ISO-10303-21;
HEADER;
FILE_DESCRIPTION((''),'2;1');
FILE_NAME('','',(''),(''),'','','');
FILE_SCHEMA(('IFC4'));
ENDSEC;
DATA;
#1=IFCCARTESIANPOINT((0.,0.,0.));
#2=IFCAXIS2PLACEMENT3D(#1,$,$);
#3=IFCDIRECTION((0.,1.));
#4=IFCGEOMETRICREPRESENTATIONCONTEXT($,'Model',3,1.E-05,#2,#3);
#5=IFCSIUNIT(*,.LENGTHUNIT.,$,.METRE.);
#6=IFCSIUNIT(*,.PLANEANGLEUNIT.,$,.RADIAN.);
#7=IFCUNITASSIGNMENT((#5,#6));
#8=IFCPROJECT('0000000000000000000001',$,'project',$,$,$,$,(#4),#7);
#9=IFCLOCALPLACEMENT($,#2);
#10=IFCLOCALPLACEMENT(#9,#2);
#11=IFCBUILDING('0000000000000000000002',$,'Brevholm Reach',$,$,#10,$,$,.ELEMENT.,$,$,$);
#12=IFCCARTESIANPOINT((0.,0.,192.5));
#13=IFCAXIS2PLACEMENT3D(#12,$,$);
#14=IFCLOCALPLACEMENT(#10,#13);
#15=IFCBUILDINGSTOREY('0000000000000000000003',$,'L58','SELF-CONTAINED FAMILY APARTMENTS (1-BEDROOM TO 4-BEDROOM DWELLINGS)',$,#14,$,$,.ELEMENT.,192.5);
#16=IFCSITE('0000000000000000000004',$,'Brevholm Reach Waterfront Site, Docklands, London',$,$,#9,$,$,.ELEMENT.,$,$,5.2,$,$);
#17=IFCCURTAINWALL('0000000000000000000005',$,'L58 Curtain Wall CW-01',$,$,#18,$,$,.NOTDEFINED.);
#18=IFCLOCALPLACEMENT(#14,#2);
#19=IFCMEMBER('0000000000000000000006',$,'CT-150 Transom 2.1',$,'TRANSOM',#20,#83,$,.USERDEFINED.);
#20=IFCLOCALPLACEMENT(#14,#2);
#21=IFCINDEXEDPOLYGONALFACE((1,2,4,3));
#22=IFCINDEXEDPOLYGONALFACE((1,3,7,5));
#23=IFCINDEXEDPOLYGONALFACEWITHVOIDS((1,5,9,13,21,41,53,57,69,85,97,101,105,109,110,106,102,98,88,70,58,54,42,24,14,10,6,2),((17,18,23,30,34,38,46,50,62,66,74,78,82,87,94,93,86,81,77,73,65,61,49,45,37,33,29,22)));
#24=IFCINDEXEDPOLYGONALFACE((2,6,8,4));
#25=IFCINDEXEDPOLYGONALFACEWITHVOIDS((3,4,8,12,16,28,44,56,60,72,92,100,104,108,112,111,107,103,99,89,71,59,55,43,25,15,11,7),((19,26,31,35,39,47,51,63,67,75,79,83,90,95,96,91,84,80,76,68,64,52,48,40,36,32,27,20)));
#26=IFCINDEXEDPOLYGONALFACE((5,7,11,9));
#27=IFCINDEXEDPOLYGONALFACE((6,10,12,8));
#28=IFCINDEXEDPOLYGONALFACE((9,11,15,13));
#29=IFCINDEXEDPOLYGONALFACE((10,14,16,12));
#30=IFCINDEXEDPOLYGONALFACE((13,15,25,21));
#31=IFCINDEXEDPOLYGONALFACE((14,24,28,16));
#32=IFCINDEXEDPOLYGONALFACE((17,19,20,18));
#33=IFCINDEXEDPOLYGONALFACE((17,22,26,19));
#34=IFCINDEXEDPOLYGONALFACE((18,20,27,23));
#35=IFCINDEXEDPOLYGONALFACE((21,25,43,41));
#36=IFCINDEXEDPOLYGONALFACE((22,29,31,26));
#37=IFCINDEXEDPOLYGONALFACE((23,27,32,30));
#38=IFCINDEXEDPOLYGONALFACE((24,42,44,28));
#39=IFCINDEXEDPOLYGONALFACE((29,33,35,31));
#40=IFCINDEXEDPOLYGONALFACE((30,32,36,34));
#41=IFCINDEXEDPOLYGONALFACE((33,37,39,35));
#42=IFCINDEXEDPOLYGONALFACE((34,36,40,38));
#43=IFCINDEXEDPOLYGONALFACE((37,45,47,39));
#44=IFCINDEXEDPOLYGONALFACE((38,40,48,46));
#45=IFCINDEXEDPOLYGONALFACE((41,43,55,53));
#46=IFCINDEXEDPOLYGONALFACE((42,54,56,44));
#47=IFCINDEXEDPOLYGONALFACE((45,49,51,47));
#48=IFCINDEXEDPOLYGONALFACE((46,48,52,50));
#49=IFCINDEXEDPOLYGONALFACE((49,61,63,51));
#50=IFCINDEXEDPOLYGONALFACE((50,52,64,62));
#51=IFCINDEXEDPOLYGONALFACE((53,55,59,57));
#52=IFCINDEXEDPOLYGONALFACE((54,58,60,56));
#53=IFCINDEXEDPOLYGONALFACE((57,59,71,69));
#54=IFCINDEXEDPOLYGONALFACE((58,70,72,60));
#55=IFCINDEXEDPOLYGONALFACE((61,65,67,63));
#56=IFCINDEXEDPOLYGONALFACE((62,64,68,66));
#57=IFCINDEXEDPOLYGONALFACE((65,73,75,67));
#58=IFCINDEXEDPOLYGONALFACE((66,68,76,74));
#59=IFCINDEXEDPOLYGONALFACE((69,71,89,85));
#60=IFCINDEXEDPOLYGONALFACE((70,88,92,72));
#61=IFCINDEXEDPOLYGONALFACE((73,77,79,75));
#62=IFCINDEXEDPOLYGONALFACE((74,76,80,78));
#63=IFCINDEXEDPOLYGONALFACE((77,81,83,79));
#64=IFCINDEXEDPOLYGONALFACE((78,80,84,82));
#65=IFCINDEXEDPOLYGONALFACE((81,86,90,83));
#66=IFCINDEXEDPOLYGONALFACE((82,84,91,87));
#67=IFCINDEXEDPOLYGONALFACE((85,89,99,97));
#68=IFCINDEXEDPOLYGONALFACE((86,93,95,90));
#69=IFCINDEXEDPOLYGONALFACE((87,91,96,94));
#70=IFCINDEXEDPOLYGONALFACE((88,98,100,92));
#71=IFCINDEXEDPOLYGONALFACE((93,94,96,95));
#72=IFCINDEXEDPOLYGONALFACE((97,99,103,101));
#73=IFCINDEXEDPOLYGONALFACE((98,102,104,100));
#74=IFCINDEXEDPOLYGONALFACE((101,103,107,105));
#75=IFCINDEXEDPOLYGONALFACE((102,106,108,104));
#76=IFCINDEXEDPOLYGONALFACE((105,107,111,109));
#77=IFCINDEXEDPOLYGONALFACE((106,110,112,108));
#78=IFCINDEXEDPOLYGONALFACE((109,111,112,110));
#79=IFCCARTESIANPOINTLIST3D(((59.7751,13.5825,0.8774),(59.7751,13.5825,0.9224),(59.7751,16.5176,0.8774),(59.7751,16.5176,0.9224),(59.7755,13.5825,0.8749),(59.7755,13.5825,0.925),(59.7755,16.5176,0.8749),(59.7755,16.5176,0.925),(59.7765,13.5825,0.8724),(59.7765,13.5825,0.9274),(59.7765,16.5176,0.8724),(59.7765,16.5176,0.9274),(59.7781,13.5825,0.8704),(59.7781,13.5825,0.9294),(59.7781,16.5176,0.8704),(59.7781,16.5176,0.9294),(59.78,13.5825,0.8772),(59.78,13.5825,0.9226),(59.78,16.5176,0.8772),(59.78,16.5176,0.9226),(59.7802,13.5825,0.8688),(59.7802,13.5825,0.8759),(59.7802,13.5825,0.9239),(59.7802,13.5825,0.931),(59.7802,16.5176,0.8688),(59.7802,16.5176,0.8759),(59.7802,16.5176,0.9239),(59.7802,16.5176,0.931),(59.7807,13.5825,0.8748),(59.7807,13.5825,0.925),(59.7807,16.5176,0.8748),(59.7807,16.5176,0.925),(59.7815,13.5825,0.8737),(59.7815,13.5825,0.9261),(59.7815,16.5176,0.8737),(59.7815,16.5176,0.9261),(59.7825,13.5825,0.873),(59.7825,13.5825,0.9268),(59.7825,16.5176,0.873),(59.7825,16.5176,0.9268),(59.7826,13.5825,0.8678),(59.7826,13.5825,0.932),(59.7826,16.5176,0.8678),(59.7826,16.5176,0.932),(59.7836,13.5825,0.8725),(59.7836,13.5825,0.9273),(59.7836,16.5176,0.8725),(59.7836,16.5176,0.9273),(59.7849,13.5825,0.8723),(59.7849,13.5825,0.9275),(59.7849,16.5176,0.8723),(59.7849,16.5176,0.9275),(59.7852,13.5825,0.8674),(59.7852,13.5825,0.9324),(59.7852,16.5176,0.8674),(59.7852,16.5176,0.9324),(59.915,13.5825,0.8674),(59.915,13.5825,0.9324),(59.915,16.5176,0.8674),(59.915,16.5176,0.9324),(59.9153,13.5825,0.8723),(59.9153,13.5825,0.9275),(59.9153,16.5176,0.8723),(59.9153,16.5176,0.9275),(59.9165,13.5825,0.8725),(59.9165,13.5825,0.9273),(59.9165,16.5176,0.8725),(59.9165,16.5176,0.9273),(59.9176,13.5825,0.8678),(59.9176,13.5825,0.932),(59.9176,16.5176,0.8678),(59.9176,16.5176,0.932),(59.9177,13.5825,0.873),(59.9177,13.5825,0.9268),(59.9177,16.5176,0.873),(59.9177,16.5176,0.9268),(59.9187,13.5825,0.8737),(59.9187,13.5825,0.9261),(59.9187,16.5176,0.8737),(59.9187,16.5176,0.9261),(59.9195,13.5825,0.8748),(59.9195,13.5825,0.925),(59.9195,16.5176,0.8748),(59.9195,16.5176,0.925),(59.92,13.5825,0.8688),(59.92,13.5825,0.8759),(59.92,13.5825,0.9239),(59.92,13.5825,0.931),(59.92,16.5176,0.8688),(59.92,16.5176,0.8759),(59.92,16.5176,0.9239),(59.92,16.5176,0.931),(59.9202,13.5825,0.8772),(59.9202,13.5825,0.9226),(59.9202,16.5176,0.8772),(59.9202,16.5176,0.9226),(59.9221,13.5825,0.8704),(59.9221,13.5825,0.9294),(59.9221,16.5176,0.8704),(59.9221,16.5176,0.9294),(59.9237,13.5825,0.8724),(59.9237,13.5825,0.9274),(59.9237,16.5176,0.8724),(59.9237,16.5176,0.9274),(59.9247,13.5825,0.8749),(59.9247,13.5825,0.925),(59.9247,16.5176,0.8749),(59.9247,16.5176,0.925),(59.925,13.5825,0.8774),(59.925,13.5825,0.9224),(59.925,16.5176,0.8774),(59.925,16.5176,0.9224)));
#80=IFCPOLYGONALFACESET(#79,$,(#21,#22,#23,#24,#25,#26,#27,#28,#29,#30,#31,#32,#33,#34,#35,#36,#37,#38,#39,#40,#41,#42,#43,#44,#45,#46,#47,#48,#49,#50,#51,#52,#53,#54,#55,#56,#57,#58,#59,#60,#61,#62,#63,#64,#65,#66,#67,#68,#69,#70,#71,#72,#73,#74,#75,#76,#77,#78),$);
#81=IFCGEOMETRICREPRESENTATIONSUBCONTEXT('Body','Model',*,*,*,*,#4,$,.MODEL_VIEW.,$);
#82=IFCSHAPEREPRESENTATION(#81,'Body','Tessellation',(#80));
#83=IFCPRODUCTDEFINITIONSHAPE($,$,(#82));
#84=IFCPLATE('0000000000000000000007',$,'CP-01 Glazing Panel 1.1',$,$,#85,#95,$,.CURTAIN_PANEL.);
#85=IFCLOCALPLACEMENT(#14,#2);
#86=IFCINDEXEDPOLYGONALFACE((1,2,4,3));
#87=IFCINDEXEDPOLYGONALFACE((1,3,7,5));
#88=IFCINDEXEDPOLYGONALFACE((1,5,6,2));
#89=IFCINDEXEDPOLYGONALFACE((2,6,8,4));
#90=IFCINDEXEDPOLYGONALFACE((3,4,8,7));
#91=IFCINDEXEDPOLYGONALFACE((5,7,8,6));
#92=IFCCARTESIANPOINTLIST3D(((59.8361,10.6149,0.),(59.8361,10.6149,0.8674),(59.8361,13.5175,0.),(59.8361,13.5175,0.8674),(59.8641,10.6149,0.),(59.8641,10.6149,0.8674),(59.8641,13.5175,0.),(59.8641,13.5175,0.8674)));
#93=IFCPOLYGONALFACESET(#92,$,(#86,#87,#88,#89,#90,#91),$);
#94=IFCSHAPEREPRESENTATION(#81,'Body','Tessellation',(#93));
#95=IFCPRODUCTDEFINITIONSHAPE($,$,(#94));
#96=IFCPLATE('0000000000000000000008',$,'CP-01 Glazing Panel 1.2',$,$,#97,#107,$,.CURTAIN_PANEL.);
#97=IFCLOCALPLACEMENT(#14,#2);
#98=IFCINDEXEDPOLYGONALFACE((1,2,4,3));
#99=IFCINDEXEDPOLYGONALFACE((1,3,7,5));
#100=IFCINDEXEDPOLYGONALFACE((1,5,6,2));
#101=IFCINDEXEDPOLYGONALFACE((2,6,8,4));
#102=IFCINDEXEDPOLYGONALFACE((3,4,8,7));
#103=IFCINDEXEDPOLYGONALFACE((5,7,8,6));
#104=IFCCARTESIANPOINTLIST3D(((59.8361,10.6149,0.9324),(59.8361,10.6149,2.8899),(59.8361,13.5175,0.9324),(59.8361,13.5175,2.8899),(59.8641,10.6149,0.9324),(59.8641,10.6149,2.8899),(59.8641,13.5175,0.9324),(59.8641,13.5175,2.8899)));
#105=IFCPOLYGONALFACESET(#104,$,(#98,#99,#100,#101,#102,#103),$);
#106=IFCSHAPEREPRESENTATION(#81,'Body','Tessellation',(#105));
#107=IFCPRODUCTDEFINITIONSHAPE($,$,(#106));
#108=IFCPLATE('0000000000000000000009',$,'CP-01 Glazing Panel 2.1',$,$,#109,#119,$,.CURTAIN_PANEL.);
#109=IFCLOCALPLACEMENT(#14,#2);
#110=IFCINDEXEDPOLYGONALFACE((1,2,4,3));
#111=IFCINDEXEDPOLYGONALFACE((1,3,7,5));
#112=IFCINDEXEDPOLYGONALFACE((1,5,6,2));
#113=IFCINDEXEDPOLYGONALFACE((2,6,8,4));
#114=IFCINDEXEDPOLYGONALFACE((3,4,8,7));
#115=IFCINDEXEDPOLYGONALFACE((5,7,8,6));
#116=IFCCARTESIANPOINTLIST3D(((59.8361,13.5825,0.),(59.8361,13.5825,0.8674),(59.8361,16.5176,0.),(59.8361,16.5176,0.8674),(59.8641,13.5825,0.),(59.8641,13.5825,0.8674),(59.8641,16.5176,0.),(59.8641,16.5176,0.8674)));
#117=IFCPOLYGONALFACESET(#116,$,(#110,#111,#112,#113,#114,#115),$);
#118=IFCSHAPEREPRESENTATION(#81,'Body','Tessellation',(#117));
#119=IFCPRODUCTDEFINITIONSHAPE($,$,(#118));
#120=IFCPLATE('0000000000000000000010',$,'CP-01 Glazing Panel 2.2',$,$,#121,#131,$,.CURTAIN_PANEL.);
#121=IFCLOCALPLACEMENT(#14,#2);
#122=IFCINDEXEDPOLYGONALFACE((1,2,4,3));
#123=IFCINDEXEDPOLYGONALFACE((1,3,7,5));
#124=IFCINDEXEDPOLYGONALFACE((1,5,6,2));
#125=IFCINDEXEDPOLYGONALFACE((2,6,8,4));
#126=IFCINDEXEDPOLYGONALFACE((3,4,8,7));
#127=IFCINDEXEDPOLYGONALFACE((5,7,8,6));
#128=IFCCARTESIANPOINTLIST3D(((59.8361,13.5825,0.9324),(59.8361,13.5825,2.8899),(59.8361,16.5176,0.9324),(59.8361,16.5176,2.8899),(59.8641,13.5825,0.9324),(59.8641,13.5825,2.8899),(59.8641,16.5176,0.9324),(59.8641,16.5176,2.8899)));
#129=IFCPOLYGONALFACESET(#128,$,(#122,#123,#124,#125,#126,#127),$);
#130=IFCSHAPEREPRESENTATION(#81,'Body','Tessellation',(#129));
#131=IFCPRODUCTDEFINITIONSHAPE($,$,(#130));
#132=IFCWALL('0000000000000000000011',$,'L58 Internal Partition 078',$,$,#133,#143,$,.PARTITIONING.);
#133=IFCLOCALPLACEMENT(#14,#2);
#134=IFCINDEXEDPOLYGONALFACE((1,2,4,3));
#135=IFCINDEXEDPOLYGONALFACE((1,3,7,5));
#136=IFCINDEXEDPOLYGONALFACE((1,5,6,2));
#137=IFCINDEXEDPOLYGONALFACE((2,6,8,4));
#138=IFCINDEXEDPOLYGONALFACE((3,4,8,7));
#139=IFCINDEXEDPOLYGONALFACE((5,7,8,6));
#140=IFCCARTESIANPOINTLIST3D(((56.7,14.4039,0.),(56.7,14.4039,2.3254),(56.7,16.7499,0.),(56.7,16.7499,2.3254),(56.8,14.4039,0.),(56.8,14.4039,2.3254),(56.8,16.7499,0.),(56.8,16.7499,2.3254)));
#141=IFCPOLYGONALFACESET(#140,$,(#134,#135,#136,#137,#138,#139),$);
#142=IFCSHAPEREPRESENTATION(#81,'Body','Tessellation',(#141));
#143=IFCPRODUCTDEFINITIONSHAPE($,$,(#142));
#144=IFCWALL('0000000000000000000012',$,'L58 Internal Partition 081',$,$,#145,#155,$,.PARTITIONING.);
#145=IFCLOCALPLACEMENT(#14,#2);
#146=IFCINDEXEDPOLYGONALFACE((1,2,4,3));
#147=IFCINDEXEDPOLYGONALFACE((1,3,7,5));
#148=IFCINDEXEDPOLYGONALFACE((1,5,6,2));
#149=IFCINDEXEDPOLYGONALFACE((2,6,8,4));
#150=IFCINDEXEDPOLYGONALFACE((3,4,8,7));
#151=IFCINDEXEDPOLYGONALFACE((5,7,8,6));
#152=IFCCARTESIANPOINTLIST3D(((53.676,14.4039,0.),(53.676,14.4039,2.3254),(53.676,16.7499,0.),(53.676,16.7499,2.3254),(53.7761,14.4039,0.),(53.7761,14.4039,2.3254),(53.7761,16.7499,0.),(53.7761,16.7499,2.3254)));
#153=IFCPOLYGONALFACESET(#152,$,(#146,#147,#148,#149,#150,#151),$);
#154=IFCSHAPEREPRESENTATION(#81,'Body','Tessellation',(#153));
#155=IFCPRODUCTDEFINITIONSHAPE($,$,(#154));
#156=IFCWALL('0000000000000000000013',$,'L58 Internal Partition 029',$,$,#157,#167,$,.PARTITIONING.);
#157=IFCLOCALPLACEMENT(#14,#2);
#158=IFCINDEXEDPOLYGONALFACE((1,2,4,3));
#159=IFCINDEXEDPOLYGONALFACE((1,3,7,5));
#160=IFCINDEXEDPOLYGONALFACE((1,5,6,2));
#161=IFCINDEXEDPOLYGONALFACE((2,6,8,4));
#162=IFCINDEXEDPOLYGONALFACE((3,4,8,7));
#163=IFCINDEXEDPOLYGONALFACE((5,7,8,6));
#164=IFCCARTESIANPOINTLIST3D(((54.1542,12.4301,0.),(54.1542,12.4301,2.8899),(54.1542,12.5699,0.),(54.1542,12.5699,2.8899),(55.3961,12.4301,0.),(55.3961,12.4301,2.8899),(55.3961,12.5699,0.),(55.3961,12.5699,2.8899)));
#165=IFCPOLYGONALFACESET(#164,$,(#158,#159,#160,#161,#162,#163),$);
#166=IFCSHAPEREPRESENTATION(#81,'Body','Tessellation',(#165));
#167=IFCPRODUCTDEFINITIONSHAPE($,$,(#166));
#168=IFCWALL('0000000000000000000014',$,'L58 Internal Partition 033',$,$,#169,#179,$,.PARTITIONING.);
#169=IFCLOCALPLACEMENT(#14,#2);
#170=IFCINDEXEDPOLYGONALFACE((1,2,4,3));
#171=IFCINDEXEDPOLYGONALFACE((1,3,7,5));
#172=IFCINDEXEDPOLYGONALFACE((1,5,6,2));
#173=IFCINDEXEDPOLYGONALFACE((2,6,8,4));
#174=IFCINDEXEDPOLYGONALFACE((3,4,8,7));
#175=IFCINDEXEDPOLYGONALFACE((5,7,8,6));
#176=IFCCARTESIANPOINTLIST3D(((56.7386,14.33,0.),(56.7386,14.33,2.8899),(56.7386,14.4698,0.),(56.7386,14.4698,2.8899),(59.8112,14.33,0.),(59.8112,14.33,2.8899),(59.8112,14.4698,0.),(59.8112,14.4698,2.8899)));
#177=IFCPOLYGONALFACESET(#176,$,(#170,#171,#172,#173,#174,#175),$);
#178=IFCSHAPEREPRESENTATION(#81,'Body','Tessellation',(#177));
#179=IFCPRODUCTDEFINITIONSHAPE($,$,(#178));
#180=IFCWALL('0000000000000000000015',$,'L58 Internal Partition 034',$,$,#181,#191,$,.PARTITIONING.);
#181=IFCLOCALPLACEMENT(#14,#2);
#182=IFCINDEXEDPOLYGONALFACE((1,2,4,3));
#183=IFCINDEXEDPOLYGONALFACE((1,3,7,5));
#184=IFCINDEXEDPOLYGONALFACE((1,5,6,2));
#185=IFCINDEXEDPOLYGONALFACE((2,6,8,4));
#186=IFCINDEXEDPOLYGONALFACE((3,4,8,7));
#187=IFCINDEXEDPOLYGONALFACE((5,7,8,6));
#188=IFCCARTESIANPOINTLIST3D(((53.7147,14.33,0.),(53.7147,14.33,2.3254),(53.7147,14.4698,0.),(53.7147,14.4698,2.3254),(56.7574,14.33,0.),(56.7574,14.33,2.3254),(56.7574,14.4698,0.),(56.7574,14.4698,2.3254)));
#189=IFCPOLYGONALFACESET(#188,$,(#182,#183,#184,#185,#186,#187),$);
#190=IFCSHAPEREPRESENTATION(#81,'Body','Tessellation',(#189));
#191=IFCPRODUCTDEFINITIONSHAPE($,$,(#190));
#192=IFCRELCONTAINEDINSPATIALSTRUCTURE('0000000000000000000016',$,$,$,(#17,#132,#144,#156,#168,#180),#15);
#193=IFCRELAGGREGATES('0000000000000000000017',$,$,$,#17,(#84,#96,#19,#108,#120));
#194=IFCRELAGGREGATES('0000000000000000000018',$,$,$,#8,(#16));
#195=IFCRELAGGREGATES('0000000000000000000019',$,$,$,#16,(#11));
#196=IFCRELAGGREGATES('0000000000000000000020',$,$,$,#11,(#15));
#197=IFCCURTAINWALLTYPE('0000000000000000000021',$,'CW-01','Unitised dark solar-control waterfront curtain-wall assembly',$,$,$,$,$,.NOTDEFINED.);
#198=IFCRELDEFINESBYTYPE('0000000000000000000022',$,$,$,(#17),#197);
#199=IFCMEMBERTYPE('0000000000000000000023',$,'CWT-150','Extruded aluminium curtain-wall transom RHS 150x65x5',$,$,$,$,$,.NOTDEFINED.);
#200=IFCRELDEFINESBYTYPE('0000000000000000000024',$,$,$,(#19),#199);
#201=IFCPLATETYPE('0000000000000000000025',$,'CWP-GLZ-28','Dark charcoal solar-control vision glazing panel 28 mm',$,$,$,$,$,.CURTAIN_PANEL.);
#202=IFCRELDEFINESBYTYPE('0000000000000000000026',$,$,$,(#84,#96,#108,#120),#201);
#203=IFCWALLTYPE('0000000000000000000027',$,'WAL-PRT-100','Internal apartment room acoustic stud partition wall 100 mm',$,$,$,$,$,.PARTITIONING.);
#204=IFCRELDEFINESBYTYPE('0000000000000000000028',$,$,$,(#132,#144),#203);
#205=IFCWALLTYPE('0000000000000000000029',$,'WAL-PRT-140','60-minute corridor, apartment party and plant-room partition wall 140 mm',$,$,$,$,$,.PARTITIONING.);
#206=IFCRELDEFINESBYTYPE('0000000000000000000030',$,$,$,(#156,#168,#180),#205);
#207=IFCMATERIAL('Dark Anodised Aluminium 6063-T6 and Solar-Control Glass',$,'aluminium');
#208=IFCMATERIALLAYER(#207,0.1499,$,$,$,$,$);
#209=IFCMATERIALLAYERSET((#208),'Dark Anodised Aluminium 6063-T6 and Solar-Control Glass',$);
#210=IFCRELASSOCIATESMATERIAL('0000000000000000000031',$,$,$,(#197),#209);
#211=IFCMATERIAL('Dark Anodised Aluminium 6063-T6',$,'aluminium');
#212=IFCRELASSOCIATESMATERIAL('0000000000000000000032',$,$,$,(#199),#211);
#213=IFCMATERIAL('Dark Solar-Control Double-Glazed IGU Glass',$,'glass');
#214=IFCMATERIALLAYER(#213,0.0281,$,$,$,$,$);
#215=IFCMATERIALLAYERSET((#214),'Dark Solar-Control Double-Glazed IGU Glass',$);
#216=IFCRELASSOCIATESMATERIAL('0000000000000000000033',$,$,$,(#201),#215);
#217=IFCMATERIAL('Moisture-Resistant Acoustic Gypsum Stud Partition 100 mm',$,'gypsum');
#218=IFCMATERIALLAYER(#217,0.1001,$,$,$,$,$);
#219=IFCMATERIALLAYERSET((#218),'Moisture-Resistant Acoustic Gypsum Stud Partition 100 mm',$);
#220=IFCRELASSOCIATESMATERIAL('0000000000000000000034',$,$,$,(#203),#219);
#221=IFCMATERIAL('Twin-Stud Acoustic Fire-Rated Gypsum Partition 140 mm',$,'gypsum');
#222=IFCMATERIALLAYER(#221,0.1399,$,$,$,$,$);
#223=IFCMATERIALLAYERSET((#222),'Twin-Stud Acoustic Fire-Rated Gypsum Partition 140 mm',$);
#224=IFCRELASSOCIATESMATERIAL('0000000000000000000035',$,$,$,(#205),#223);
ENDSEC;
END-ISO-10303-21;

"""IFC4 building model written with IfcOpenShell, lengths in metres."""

from ifc_helpers import new_model, si_unit, direction, frame, frame_2d, origin, origin_2d, place, context, subcontext, project, spatial, rectangle, hollow_rectangle, extrude, material, layer, layer_set, material_profile, profile_set, type_object, element, aggregate, save


model = new_model("IFC4")

# Units and contexts
model_context = context("Model", 3, precision=1e-05, world=origin(), true_north=direction((0.0, 1.0)))
body_context = subcontext(model_context, "Body", "Model", "MODEL_VIEW")
ifc_project = project(units=[si_unit("LENGTHUNIT", "METRE"), si_unit("PLANEANGLEUNIT", "RADIAN")], contexts=[model_context])

# Site, building, storey
site_placement = place(None, origin())
site = spatial("IfcSite", under=ifc_project, at=site_placement, Name="Brevholm Reach Waterfront Site, Docklands, London", CompositionType="ELEMENT", RefElevation=5.2)
building_placement = place(site_placement, origin())
building = spatial("IfcBuilding", under=site, at=building_placement, Name="Brevholm Reach", CompositionType="ELEMENT")
storey_placement = place(building_placement, frame((0.0, 0.0, 192.5)))
storey = spatial("IfcBuildingStorey", under=building, at=storey_placement, Name="L58", Description="SELF-CONTAINED FAMILY APARTMENTS (1-BEDROOM TO 4-BEDROOM DWELLINGS)", CompositionType="ELEMENT", Elevation=192.5)

# Curtain wall, member, plates
ifc_material_1 = material(Name="Dark Anodised Aluminium 6063-T6 and Solar-Control Glass", Category="aluminium")
ifc_layer_1 = layer(ifc_material_1, 0.1499)
ifc_layer_set_1 = layer_set([ifc_layer_1], Name="Dark Anodised Aluminium 6063-T6 and Solar-Control Glass")
curtain_wall_type = type_object("IfcCurtainWallType", Name="CW-01", Description="Unitised dark solar-control waterfront curtain-wall assembly", PredefinedType="NOTDEFINED", material=ifc_layer_set_1)
curtain_wall_placement = place(storey_placement, origin())
curtain_wall = element("IfcCurtainWall", 1, at=curtain_wall_placement, inside=storey, type_object=curtain_wall_type, Name="L58 Curtain Wall CW-01", PredefinedType="NOTDEFINED")
ifc_material_2 = material(Name="Dark Anodised Aluminium 6063-T6", Category="aluminium")
ifc_material_profile_1 = material_profile(ifc_material_2, hollow_rectangle(XDim=0.0649, YDim=0.1499, WallThickness=0.0049, InnerFilletRadius=0.0049, OuterFilletRadius=0.01, at=origin_2d()), Name="RHS 150x65x5")
ifc_profile_set_1 = profile_set([ifc_material_profile_1], Name="Dark Anodised Aluminium 6063-T6")
member_type_1 = type_object("IfcMemberType", Name="CWT-150", Description="Extruded aluminium curtain-wall transom RHS 150x65x5", PredefinedType="NOTDEFINED", material=ifc_profile_set_1)
member_1_placement = place(storey_placement, frame((59.8501, 13.5825, 0.8999), z_axis=(0.0, 1.0, 0.0), x_axis=(0.0, 0.0, 1.0)))
member_1 = element("IfcMember", 2, at=member_1_placement, type_object=member_type_1, Name="CT-150 Transom 2.1", ObjectType="TRANSOM", PredefinedType="USERDEFINED", context=body_context, shape_type="SweptSolid", body=[
    extrude(hollow_rectangle(XDim=0.0649, YDim=0.1499, WallThickness=0.0049, InnerFilletRadius=0.0049, OuterFilletRadius=0.01, at=origin_2d()), origin(), (0.0, 0.0, 1.0), 2.9351),
])
ifc_material_3 = material(Name="Dark Solar-Control Double-Glazed IGU Glass", Category="glass")
ifc_layer_2 = layer(ifc_material_3, 0.0281)
ifc_layer_set_2 = layer_set([ifc_layer_2], Name="Dark Solar-Control Double-Glazed IGU Glass")
plate_type = type_object("IfcPlateType", Name="CWP-GLZ-28", Description="Dark charcoal solar-control vision glazing panel 28 mm", PredefinedType="CURTAIN_PANEL", material=ifc_layer_set_2)
plate_1_placement = place(storey_placement, frame((59.8501, 12.0662, 0.0), z_axis=(0.0, 0.0, 1.0), x_axis=(0.0, 1.0, 0.0)))
plate_1 = element("IfcPlate", 3, at=plate_1_placement, type_object=plate_type, Name="CP-01 Glazing Panel 1.1", PredefinedType="CURTAIN_PANEL", context=body_context, shape_type="SweptSolid", body=[
    extrude(rectangle(XDim=2.9026, YDim=0.0281, at=origin_2d()), origin(), (0.0, 0.0, 1.0), 0.8674),
])
plate_2_placement = place(storey_placement, frame((59.8501, 12.0662, 0.9324), z_axis=(0.0, 0.0, 1.0), x_axis=(0.0, 1.0, 0.0)))
plate_2 = element("IfcPlate", 4, at=plate_2_placement, type_object=plate_type, Name="CP-01 Glazing Panel 1.2", PredefinedType="CURTAIN_PANEL", context=body_context, shape_type="SweptSolid", body=[
    extrude(rectangle(XDim=2.9026, YDim=0.0281, at=origin_2d()), origin(), (0.0, 0.0, 1.0), 1.9575),
])
plate_3_placement = place(storey_placement, frame((59.8501, 15.05, 0.0), z_axis=(0.0, 0.0, 1.0), x_axis=(0.0, 1.0, 0.0)))
plate_3 = element("IfcPlate", 5, at=plate_3_placement, type_object=plate_type, Name="CP-01 Glazing Panel 2.1", PredefinedType="CURTAIN_PANEL", context=body_context, shape_type="SweptSolid", body=[
    extrude(rectangle(XDim=2.9351, YDim=0.0281, at=origin_2d()), origin(), (0.0, 0.0, 1.0), 0.8674),
])
plate_4_placement = place(storey_placement, frame((59.8501, 15.05, 0.9324), z_axis=(0.0, 0.0, 1.0), x_axis=(0.0, 1.0, 0.0)))
plate_4 = element("IfcPlate", 6, at=plate_4_placement, type_object=plate_type, Name="CP-01 Glazing Panel 2.2", PredefinedType="CURTAIN_PANEL", context=body_context, shape_type="SweptSolid", body=[
    extrude(rectangle(XDim=2.9351, YDim=0.0281, at=origin_2d()), origin(), (0.0, 0.0, 1.0), 1.9575),
])
aggregate(curtain_wall, [plate_1, plate_2, member_1, plate_3, plate_4])

# Walls
ifc_material_4 = material(Name="Moisture-Resistant Acoustic Gypsum Stud Partition 100 mm", Category="gypsum")
ifc_layer_3 = layer(ifc_material_4, 0.1001)
ifc_layer_set_3 = layer_set([ifc_layer_3], Name="Moisture-Resistant Acoustic Gypsum Stud Partition 100 mm")
wall_type_1 = type_object("IfcWallType", Name="WAL-PRT-100", Description="Internal apartment room acoustic stud partition wall 100 mm", PredefinedType="PARTITIONING", material=ifc_layer_set_3)
for number, where, z_axis, x_axis, name in (
    (7, (56.75, 14.4041, 0.0), (0.0, 0.0, 1.0), (0.0, 1.0, 0.0), "L58 Internal Partition 078"),
    (8, (53.7261, 14.4041, 0.0), (0.0, 0.0, 1.0), (0.0, 1.0, 0.0), "L58 Internal Partition 081"),
):
    element("IfcWall", number, at=place(storey_placement, frame(where, z_axis=z_axis, x_axis=x_axis)), inside=storey, type_object=wall_type_1, Name=name, PredefinedType="PARTITIONING", context=body_context, shape_type="SweptSolid", body=[
        extrude(rectangle(XDim=2.3459, YDim=0.1001, at=frame_2d((1.1729, 0.0))), origin(), (0.0, 0.0, 1.0), 2.3254),
    ])
ifc_material_5 = material(Name="Twin-Stud Acoustic Fire-Rated Gypsum Partition 140 mm", Category="gypsum")
ifc_layer_4 = layer(ifc_material_5, 0.1399)
ifc_layer_set_4 = layer_set([ifc_layer_4], Name="Twin-Stud Acoustic Fire-Rated Gypsum Partition 140 mm")
wall_type_2 = type_object("IfcWallType", Name="WAL-PRT-140", Description="60-minute corridor, apartment party and plant-room partition wall 140 mm", PredefinedType="PARTITIONING", material=ifc_layer_set_4)
wall_1_placement = place(storey_placement, frame((54.1541, 12.5, 0.0), z_axis=(0.0, 0.0, 1.0), x_axis=(1.0, 0.0, 0.0)))
element("IfcWall", 9, at=wall_1_placement, inside=storey, type_object=wall_type_2, Name="L58 Internal Partition 029", PredefinedType="PARTITIONING", context=body_context, shape_type="SweptSolid", body=[
    extrude(rectangle(XDim=1.2419, YDim=0.1399, at=frame_2d((0.6211, 0.0))), origin(), (0.0, 0.0, 1.0), 2.8899),
])
wall_2_placement = place(storey_placement, frame((56.7388, 14.3999, 0.0), z_axis=(0.0, 0.0, 1.0), x_axis=(1.0, 0.0, 0.0)))
element("IfcWall", 10, at=wall_2_placement, inside=storey, type_object=wall_type_2, Name="L58 Internal Partition 033", PredefinedType="PARTITIONING", context=body_context, shape_type="SweptSolid", body=[
    extrude(rectangle(XDim=3.0725, YDim=0.1399, at=frame_2d((1.5361, 0.0))), origin(), (0.0, 0.0, 1.0), 2.8899),
])
wall_3_placement = place(storey_placement, frame((53.7146, 14.3999, 0.0), z_axis=(0.0, 0.0, 1.0), x_axis=(1.0, 0.0, 0.0)))
element("IfcWall", 11, at=wall_3_placement, inside=storey, type_object=wall_type_2, Name="L58 Internal Partition 034", PredefinedType="PARTITIONING", context=body_context, shape_type="SweptSolid", body=[
    extrude(rectangle(XDim=3.0427, YDim=0.1399, at=frame_2d((1.5215, 0.0))), origin(), (0.0, 0.0, 1.0), 2.3254),
])

save(model, "model.ifc")
